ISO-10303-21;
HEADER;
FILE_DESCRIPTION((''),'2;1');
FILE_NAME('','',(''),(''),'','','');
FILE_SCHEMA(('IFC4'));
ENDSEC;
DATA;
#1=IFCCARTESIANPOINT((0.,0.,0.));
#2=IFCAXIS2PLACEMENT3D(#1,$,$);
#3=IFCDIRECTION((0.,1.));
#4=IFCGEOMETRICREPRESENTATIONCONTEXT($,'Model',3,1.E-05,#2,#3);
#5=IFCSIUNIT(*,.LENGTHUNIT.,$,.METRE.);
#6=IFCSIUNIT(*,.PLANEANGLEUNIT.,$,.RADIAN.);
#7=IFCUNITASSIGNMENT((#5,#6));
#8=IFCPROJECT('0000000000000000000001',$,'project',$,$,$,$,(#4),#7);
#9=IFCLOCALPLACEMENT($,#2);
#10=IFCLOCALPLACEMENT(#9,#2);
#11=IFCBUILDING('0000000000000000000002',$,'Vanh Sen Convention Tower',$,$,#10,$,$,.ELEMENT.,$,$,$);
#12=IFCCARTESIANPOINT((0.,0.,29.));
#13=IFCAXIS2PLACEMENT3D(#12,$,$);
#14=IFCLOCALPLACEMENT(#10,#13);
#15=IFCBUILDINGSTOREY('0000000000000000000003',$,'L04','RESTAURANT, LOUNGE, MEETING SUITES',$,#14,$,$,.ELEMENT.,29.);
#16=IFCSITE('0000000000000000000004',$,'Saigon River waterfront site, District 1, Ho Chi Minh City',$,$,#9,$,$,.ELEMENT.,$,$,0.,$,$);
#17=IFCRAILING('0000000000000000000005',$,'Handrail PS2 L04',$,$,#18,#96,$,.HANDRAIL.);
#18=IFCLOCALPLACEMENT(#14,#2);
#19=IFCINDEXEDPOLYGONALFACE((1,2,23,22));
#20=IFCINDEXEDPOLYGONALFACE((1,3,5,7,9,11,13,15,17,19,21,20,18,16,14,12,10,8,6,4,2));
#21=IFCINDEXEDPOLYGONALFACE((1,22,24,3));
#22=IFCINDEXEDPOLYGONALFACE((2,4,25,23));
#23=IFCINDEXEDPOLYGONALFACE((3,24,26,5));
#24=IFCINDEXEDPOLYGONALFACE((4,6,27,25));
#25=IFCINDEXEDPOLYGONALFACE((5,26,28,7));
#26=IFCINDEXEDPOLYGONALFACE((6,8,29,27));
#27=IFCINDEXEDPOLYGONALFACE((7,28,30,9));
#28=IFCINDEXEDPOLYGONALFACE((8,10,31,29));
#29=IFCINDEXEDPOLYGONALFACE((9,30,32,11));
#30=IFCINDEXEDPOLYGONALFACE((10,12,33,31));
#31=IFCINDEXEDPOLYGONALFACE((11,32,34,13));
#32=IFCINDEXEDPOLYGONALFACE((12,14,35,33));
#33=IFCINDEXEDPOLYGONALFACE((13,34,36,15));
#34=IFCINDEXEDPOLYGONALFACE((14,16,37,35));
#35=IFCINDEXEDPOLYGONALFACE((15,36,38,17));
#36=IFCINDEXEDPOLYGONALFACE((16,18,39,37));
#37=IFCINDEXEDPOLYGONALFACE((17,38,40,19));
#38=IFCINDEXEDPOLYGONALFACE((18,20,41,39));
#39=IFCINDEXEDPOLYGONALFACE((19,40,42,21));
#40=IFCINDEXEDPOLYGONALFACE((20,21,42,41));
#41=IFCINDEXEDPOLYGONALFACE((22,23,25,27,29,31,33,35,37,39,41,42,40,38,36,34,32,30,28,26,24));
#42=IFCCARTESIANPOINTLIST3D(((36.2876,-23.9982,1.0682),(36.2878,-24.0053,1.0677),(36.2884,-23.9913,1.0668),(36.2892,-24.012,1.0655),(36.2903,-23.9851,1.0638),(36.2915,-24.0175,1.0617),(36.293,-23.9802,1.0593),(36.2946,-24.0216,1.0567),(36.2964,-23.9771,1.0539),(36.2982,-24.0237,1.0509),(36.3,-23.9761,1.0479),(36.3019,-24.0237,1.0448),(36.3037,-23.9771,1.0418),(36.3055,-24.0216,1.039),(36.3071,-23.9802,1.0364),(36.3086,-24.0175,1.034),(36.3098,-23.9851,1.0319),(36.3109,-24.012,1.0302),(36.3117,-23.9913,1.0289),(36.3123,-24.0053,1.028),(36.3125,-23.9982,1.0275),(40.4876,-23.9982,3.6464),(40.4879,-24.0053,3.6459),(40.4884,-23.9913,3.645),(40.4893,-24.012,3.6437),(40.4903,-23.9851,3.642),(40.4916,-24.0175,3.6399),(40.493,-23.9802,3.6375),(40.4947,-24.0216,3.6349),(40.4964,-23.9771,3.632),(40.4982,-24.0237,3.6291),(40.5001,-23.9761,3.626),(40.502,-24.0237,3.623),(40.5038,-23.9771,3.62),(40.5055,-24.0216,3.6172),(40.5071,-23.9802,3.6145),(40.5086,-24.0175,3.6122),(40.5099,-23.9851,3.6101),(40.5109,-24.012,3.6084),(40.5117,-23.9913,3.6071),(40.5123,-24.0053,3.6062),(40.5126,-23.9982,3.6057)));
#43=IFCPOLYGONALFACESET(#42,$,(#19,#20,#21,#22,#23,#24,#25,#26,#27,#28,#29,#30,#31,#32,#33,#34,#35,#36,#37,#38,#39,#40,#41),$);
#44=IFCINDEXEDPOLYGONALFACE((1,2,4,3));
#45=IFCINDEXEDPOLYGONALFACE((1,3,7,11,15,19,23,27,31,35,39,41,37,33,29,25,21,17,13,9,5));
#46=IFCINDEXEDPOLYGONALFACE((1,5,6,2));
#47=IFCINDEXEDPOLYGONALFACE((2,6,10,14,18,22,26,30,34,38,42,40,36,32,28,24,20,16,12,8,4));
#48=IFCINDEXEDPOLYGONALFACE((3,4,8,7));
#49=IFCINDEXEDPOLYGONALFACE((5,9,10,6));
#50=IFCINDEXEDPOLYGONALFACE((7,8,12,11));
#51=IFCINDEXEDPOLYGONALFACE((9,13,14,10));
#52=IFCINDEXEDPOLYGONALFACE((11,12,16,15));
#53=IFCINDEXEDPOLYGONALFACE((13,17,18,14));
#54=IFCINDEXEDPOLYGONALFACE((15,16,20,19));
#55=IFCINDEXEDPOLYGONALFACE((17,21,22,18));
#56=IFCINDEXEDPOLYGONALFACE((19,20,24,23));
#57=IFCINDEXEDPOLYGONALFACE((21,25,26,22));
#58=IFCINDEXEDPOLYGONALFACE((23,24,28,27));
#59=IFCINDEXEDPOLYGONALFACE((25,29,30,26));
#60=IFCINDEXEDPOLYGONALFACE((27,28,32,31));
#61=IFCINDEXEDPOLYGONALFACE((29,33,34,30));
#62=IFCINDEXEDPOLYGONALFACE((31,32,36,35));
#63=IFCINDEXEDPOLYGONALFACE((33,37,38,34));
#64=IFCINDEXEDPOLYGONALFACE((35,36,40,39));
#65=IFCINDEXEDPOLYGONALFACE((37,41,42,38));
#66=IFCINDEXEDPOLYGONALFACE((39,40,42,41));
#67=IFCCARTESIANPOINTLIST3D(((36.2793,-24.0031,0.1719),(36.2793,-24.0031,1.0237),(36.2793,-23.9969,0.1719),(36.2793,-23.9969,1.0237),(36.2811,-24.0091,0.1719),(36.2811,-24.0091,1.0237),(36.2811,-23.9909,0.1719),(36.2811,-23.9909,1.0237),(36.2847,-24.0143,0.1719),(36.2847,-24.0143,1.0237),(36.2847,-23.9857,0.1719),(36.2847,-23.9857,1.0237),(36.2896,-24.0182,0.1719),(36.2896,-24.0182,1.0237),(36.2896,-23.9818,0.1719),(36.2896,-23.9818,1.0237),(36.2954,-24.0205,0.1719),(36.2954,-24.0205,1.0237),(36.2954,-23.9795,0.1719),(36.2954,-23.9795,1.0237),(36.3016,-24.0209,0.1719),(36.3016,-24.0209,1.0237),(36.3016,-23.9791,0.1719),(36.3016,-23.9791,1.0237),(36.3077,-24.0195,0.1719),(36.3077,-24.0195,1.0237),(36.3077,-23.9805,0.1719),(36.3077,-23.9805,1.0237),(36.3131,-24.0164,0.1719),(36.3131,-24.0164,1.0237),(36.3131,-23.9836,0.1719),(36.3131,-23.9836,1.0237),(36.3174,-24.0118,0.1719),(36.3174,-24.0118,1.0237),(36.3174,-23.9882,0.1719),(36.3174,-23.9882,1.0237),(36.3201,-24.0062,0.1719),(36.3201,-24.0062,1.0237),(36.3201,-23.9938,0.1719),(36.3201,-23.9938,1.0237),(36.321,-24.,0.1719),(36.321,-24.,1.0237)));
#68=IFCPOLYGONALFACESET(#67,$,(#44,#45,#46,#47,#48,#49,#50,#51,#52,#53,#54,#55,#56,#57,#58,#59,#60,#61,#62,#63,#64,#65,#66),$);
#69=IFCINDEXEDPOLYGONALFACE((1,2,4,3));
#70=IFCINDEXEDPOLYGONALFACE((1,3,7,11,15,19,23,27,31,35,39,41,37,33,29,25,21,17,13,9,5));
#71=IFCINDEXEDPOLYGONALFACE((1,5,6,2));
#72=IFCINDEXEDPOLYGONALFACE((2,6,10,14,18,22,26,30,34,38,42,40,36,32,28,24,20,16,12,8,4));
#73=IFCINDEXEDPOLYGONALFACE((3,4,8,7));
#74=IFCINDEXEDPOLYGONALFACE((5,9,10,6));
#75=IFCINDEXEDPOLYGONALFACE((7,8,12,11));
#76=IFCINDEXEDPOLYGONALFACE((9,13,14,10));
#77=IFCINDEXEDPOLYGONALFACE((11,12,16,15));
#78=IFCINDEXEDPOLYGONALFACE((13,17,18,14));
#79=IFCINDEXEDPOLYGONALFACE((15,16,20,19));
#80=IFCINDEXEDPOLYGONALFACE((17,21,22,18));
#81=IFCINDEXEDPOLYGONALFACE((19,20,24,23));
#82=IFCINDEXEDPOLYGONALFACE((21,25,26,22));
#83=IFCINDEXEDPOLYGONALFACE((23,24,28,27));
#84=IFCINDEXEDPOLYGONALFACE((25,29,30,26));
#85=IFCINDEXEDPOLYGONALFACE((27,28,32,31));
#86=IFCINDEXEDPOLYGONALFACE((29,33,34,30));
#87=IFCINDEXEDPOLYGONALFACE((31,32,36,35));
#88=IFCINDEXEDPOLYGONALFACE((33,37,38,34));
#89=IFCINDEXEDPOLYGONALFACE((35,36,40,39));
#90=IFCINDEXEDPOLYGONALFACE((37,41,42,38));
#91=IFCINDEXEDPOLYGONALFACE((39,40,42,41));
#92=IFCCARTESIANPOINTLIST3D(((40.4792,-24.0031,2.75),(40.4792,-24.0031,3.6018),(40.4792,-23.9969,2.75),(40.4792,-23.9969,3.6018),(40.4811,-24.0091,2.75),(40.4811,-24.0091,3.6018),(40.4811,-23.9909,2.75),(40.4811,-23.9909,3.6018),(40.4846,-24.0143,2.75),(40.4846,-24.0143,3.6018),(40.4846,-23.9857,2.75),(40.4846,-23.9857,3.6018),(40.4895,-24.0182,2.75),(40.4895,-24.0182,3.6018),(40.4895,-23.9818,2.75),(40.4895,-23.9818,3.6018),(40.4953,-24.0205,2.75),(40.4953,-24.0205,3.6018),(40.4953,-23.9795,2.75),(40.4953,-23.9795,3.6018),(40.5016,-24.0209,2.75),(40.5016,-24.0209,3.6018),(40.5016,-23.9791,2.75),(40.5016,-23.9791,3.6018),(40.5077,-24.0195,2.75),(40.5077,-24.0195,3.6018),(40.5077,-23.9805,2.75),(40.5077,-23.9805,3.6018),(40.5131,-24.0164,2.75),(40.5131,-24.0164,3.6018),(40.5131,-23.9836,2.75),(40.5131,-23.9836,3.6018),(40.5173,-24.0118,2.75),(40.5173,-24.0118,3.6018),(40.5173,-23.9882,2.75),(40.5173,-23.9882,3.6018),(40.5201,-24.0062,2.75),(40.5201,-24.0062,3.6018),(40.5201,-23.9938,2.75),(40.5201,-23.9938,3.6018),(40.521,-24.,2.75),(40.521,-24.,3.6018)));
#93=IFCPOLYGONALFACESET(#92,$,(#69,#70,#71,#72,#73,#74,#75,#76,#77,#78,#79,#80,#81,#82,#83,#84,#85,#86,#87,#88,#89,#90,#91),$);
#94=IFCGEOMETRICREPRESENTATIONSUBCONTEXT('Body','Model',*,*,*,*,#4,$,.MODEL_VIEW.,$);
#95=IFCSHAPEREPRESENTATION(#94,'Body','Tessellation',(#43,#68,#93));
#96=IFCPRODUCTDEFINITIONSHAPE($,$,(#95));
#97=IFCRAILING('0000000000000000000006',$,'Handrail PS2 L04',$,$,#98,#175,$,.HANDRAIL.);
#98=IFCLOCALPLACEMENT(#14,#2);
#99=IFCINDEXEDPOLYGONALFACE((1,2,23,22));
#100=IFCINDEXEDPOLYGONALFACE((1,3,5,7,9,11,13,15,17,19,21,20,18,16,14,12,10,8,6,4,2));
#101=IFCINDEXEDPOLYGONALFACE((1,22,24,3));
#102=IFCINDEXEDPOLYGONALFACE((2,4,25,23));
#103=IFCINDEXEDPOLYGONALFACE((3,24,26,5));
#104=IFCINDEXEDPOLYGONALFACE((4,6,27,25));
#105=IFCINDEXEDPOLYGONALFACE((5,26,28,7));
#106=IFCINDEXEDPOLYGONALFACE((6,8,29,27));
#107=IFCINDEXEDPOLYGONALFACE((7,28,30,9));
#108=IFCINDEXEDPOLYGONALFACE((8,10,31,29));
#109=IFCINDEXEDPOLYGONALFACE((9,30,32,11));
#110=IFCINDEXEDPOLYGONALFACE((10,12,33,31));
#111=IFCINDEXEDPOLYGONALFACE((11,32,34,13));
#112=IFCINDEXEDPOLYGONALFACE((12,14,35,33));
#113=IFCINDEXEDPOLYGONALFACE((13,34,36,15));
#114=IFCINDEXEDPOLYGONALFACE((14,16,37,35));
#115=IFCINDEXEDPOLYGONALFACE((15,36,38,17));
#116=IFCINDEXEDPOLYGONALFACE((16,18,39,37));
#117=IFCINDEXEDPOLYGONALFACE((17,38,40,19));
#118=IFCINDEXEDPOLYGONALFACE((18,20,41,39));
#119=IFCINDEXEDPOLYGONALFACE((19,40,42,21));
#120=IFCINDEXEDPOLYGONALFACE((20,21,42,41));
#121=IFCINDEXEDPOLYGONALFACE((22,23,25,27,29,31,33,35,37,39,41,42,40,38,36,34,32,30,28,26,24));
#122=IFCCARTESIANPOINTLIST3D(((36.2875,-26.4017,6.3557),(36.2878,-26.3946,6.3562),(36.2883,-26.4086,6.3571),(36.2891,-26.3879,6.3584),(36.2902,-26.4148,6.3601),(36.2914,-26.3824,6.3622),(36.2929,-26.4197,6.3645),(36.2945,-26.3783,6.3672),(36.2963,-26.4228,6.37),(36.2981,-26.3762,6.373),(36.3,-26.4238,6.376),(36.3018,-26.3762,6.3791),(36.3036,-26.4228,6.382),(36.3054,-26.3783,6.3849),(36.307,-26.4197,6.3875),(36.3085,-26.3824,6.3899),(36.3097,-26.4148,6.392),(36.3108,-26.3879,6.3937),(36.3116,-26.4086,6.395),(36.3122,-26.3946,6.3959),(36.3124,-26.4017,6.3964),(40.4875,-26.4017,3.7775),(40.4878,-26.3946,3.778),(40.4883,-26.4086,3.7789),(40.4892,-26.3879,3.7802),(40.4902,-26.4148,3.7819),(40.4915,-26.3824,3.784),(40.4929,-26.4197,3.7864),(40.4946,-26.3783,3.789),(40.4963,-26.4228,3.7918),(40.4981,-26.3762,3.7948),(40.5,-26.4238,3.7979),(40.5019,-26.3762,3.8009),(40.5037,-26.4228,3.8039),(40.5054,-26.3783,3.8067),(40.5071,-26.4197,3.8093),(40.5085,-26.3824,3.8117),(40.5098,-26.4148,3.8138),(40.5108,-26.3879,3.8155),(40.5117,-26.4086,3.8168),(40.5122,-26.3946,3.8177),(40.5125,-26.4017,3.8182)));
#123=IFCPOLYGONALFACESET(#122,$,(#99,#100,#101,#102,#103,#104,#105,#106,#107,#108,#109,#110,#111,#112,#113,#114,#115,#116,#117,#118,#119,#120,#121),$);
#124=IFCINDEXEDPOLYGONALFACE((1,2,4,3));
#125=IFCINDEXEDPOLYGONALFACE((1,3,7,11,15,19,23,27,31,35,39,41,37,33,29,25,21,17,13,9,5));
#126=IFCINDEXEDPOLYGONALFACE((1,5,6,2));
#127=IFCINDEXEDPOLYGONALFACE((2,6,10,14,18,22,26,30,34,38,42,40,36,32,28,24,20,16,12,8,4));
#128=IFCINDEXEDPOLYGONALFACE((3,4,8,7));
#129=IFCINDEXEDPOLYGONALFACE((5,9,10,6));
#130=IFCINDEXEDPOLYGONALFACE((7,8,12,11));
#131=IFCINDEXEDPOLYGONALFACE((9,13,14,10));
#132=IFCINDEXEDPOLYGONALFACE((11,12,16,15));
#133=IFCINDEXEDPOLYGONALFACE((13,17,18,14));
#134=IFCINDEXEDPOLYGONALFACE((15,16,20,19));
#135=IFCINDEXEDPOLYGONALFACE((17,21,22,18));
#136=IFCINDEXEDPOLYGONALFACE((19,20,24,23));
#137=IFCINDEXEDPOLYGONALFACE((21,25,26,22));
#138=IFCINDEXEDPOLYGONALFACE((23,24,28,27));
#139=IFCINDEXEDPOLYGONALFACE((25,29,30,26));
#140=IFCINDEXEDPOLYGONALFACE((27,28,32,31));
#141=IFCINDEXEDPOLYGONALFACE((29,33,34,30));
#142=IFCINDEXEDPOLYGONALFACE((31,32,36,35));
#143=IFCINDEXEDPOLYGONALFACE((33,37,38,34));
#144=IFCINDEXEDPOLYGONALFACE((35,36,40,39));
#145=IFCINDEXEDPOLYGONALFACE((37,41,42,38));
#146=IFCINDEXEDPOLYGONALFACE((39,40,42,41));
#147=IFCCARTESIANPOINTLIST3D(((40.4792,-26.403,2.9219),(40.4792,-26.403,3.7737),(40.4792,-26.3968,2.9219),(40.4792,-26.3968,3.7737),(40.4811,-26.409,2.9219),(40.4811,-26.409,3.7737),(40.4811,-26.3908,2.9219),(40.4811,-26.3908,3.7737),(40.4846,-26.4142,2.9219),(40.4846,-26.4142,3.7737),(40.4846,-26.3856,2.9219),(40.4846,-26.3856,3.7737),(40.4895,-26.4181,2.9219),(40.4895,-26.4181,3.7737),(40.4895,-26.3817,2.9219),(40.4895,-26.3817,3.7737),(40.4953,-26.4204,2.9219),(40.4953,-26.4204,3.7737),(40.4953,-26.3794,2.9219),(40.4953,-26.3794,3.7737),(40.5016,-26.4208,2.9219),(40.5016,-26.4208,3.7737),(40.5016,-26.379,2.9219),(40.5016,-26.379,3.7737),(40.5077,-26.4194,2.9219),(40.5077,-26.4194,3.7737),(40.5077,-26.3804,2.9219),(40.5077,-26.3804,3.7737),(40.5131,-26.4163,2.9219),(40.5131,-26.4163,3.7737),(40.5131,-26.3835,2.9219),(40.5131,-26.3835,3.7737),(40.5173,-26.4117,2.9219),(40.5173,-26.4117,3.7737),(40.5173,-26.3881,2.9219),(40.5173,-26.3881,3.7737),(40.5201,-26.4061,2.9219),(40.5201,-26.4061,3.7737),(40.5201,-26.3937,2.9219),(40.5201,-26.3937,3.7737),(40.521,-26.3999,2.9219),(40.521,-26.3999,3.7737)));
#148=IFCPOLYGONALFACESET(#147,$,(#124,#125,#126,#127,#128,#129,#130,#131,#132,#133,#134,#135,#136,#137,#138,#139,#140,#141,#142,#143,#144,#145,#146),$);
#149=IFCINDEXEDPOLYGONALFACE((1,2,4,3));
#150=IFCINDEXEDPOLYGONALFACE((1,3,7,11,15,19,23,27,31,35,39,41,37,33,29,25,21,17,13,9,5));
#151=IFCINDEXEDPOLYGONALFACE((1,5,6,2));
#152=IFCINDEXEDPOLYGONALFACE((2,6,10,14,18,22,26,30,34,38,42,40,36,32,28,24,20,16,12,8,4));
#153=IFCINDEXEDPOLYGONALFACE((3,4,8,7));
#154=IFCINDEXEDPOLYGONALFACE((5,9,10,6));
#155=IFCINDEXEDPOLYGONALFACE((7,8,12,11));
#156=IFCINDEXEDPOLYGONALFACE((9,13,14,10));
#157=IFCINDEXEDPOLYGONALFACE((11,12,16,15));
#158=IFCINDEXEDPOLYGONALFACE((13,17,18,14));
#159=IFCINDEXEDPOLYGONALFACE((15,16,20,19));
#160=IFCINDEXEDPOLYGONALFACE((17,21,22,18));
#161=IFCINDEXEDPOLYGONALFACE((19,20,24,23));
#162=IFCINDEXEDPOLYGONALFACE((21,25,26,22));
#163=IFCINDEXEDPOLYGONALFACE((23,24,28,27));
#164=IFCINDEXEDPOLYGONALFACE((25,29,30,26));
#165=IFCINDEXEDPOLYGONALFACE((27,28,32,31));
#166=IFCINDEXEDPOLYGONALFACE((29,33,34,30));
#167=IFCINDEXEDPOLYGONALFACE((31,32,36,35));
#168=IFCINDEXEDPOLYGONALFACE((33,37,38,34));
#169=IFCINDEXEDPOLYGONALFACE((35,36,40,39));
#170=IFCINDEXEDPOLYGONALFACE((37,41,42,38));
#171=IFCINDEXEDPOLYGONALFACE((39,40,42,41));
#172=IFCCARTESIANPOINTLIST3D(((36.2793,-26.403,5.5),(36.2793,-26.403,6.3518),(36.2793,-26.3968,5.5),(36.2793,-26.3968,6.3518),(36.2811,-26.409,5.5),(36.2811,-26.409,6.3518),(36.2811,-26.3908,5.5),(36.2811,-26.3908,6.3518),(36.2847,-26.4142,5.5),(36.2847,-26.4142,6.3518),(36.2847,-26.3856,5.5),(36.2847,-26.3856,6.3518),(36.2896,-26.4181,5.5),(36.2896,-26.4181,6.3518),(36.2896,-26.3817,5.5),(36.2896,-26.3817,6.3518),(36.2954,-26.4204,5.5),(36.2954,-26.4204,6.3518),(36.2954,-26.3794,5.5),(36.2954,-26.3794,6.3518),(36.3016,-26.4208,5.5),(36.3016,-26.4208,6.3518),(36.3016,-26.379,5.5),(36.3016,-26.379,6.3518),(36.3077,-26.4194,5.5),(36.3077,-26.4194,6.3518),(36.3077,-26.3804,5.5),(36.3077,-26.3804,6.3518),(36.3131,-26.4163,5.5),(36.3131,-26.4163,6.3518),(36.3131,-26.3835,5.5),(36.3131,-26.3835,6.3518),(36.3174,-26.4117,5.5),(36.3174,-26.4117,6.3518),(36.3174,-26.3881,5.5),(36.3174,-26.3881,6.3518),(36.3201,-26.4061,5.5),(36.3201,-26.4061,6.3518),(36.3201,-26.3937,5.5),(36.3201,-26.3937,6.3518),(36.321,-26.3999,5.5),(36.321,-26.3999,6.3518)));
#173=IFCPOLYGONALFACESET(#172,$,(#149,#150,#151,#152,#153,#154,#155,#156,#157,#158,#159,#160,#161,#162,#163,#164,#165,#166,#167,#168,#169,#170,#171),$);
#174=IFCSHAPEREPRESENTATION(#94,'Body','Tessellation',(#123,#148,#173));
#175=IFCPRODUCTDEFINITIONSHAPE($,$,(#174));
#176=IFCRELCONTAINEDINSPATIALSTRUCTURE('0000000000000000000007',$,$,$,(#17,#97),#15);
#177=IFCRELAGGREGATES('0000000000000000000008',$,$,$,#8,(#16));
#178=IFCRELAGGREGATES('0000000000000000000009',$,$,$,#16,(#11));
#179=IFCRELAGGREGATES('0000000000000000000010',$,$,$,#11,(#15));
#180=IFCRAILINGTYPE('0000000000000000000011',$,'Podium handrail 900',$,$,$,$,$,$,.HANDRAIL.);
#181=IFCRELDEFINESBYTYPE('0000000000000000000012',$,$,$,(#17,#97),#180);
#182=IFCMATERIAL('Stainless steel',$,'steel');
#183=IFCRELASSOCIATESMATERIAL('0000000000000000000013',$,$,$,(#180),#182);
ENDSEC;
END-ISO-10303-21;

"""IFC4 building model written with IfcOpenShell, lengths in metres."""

from ifc_helpers import new_model, si_unit, direction, frame, origin, origin_2d, place, context, subcontext, project, spatial, circle, extrude, material, type_object, element, save


model = new_model("IFC4")

# Units and contexts
model_context = context("Model", 3, precision=1e-05, world=origin(), true_north=direction((0.0, 1.0)))
body_context = subcontext(model_context, "Body", "Model", "MODEL_VIEW")
ifc_project = project(units=[si_unit("LENGTHUNIT", "METRE"), si_unit("PLANEANGLEUNIT", "RADIAN")], contexts=[model_context])

# Site, building, storey
site_placement = place(None, origin())
site = spatial("IfcSite", under=ifc_project, at=site_placement, Name="Saigon River waterfront site, District 1, Ho Chi Minh City", CompositionType="ELEMENT", RefElevation=0.0)
building_placement = place(site_placement, origin())
building = spatial("IfcBuilding", under=site, at=building_placement, Name="Vanh Sen Convention Tower", CompositionType="ELEMENT")
storey_placement = place(building_placement, frame((0.0, 0.0, 29.0)))
storey = spatial("IfcBuildingStorey", under=building, at=storey_placement, Name="L04", Description="RESTAURANT, LOUNGE, MEETING SUITES", CompositionType="ELEMENT", Elevation=29.0)

# Railings
ifc_material_1 = material(Name="Stainless steel", Category="steel")
railing_type = type_object("IfcRailingType", Name="Podium handrail 900", PredefinedType="HANDRAIL", material=ifc_material_1)
for number, where, name in (
    (1, (36.3, -24.0, 0.1719), "Handrail PS2 L04"),
):
    element("IfcRailing", number, at=place(storey_placement, frame(where)), inside=storey, type_object=railing_type, Name=name, PredefinedType="HANDRAIL", context=body_context, shape_type="SweptSolid", body=[
        extrude(circle(Radius=0.0239, at=origin_2d()), frame((0.0, 0.0, 0.876), z_axis=(0.852243, 0.0, 0.523146), x_axis=(0.0, 1.0, 0.0)), (0.0, 0.0, 1.0), 4.9282),
        extrude(circle(Radius=0.021, at=origin_2d()), origin(), (0.0, 0.0, 1.0), 0.8518),
        extrude(circle(Radius=0.021, at=origin_2d()), frame((4.2, 0.0, 2.5781)), (0.0, 0.0, 1.0), 0.8518),
    ])
for number, where, name in (
    (2, (40.5, -26.3999, 2.9219), "Handrail PS2 L04"),
):
    element("IfcRailing", number, at=place(storey_placement, frame(where)), inside=storey, type_object=railing_type, Name=name, PredefinedType="HANDRAIL", context=body_context, shape_type="SweptSolid", body=[
        extrude(circle(Radius=0.0239, at=origin_2d()), frame((0.0, 0.0, 0.876), z_axis=(-0.852243, 0.0, 0.523146), x_axis=(0.0, -1.0, 0.0)), (0.0, 0.0, 1.0), 4.9282),
        extrude(circle(Radius=0.021, at=origin_2d()), origin(), (0.0, 0.0, 1.0), 0.8518),
        extrude(circle(Radius=0.021, at=origin_2d()), frame((-4.2, 0.0, 2.5781)), (0.0, 0.0, 1.0), 0.8518),
    ])

save(model, "model.ifc")
